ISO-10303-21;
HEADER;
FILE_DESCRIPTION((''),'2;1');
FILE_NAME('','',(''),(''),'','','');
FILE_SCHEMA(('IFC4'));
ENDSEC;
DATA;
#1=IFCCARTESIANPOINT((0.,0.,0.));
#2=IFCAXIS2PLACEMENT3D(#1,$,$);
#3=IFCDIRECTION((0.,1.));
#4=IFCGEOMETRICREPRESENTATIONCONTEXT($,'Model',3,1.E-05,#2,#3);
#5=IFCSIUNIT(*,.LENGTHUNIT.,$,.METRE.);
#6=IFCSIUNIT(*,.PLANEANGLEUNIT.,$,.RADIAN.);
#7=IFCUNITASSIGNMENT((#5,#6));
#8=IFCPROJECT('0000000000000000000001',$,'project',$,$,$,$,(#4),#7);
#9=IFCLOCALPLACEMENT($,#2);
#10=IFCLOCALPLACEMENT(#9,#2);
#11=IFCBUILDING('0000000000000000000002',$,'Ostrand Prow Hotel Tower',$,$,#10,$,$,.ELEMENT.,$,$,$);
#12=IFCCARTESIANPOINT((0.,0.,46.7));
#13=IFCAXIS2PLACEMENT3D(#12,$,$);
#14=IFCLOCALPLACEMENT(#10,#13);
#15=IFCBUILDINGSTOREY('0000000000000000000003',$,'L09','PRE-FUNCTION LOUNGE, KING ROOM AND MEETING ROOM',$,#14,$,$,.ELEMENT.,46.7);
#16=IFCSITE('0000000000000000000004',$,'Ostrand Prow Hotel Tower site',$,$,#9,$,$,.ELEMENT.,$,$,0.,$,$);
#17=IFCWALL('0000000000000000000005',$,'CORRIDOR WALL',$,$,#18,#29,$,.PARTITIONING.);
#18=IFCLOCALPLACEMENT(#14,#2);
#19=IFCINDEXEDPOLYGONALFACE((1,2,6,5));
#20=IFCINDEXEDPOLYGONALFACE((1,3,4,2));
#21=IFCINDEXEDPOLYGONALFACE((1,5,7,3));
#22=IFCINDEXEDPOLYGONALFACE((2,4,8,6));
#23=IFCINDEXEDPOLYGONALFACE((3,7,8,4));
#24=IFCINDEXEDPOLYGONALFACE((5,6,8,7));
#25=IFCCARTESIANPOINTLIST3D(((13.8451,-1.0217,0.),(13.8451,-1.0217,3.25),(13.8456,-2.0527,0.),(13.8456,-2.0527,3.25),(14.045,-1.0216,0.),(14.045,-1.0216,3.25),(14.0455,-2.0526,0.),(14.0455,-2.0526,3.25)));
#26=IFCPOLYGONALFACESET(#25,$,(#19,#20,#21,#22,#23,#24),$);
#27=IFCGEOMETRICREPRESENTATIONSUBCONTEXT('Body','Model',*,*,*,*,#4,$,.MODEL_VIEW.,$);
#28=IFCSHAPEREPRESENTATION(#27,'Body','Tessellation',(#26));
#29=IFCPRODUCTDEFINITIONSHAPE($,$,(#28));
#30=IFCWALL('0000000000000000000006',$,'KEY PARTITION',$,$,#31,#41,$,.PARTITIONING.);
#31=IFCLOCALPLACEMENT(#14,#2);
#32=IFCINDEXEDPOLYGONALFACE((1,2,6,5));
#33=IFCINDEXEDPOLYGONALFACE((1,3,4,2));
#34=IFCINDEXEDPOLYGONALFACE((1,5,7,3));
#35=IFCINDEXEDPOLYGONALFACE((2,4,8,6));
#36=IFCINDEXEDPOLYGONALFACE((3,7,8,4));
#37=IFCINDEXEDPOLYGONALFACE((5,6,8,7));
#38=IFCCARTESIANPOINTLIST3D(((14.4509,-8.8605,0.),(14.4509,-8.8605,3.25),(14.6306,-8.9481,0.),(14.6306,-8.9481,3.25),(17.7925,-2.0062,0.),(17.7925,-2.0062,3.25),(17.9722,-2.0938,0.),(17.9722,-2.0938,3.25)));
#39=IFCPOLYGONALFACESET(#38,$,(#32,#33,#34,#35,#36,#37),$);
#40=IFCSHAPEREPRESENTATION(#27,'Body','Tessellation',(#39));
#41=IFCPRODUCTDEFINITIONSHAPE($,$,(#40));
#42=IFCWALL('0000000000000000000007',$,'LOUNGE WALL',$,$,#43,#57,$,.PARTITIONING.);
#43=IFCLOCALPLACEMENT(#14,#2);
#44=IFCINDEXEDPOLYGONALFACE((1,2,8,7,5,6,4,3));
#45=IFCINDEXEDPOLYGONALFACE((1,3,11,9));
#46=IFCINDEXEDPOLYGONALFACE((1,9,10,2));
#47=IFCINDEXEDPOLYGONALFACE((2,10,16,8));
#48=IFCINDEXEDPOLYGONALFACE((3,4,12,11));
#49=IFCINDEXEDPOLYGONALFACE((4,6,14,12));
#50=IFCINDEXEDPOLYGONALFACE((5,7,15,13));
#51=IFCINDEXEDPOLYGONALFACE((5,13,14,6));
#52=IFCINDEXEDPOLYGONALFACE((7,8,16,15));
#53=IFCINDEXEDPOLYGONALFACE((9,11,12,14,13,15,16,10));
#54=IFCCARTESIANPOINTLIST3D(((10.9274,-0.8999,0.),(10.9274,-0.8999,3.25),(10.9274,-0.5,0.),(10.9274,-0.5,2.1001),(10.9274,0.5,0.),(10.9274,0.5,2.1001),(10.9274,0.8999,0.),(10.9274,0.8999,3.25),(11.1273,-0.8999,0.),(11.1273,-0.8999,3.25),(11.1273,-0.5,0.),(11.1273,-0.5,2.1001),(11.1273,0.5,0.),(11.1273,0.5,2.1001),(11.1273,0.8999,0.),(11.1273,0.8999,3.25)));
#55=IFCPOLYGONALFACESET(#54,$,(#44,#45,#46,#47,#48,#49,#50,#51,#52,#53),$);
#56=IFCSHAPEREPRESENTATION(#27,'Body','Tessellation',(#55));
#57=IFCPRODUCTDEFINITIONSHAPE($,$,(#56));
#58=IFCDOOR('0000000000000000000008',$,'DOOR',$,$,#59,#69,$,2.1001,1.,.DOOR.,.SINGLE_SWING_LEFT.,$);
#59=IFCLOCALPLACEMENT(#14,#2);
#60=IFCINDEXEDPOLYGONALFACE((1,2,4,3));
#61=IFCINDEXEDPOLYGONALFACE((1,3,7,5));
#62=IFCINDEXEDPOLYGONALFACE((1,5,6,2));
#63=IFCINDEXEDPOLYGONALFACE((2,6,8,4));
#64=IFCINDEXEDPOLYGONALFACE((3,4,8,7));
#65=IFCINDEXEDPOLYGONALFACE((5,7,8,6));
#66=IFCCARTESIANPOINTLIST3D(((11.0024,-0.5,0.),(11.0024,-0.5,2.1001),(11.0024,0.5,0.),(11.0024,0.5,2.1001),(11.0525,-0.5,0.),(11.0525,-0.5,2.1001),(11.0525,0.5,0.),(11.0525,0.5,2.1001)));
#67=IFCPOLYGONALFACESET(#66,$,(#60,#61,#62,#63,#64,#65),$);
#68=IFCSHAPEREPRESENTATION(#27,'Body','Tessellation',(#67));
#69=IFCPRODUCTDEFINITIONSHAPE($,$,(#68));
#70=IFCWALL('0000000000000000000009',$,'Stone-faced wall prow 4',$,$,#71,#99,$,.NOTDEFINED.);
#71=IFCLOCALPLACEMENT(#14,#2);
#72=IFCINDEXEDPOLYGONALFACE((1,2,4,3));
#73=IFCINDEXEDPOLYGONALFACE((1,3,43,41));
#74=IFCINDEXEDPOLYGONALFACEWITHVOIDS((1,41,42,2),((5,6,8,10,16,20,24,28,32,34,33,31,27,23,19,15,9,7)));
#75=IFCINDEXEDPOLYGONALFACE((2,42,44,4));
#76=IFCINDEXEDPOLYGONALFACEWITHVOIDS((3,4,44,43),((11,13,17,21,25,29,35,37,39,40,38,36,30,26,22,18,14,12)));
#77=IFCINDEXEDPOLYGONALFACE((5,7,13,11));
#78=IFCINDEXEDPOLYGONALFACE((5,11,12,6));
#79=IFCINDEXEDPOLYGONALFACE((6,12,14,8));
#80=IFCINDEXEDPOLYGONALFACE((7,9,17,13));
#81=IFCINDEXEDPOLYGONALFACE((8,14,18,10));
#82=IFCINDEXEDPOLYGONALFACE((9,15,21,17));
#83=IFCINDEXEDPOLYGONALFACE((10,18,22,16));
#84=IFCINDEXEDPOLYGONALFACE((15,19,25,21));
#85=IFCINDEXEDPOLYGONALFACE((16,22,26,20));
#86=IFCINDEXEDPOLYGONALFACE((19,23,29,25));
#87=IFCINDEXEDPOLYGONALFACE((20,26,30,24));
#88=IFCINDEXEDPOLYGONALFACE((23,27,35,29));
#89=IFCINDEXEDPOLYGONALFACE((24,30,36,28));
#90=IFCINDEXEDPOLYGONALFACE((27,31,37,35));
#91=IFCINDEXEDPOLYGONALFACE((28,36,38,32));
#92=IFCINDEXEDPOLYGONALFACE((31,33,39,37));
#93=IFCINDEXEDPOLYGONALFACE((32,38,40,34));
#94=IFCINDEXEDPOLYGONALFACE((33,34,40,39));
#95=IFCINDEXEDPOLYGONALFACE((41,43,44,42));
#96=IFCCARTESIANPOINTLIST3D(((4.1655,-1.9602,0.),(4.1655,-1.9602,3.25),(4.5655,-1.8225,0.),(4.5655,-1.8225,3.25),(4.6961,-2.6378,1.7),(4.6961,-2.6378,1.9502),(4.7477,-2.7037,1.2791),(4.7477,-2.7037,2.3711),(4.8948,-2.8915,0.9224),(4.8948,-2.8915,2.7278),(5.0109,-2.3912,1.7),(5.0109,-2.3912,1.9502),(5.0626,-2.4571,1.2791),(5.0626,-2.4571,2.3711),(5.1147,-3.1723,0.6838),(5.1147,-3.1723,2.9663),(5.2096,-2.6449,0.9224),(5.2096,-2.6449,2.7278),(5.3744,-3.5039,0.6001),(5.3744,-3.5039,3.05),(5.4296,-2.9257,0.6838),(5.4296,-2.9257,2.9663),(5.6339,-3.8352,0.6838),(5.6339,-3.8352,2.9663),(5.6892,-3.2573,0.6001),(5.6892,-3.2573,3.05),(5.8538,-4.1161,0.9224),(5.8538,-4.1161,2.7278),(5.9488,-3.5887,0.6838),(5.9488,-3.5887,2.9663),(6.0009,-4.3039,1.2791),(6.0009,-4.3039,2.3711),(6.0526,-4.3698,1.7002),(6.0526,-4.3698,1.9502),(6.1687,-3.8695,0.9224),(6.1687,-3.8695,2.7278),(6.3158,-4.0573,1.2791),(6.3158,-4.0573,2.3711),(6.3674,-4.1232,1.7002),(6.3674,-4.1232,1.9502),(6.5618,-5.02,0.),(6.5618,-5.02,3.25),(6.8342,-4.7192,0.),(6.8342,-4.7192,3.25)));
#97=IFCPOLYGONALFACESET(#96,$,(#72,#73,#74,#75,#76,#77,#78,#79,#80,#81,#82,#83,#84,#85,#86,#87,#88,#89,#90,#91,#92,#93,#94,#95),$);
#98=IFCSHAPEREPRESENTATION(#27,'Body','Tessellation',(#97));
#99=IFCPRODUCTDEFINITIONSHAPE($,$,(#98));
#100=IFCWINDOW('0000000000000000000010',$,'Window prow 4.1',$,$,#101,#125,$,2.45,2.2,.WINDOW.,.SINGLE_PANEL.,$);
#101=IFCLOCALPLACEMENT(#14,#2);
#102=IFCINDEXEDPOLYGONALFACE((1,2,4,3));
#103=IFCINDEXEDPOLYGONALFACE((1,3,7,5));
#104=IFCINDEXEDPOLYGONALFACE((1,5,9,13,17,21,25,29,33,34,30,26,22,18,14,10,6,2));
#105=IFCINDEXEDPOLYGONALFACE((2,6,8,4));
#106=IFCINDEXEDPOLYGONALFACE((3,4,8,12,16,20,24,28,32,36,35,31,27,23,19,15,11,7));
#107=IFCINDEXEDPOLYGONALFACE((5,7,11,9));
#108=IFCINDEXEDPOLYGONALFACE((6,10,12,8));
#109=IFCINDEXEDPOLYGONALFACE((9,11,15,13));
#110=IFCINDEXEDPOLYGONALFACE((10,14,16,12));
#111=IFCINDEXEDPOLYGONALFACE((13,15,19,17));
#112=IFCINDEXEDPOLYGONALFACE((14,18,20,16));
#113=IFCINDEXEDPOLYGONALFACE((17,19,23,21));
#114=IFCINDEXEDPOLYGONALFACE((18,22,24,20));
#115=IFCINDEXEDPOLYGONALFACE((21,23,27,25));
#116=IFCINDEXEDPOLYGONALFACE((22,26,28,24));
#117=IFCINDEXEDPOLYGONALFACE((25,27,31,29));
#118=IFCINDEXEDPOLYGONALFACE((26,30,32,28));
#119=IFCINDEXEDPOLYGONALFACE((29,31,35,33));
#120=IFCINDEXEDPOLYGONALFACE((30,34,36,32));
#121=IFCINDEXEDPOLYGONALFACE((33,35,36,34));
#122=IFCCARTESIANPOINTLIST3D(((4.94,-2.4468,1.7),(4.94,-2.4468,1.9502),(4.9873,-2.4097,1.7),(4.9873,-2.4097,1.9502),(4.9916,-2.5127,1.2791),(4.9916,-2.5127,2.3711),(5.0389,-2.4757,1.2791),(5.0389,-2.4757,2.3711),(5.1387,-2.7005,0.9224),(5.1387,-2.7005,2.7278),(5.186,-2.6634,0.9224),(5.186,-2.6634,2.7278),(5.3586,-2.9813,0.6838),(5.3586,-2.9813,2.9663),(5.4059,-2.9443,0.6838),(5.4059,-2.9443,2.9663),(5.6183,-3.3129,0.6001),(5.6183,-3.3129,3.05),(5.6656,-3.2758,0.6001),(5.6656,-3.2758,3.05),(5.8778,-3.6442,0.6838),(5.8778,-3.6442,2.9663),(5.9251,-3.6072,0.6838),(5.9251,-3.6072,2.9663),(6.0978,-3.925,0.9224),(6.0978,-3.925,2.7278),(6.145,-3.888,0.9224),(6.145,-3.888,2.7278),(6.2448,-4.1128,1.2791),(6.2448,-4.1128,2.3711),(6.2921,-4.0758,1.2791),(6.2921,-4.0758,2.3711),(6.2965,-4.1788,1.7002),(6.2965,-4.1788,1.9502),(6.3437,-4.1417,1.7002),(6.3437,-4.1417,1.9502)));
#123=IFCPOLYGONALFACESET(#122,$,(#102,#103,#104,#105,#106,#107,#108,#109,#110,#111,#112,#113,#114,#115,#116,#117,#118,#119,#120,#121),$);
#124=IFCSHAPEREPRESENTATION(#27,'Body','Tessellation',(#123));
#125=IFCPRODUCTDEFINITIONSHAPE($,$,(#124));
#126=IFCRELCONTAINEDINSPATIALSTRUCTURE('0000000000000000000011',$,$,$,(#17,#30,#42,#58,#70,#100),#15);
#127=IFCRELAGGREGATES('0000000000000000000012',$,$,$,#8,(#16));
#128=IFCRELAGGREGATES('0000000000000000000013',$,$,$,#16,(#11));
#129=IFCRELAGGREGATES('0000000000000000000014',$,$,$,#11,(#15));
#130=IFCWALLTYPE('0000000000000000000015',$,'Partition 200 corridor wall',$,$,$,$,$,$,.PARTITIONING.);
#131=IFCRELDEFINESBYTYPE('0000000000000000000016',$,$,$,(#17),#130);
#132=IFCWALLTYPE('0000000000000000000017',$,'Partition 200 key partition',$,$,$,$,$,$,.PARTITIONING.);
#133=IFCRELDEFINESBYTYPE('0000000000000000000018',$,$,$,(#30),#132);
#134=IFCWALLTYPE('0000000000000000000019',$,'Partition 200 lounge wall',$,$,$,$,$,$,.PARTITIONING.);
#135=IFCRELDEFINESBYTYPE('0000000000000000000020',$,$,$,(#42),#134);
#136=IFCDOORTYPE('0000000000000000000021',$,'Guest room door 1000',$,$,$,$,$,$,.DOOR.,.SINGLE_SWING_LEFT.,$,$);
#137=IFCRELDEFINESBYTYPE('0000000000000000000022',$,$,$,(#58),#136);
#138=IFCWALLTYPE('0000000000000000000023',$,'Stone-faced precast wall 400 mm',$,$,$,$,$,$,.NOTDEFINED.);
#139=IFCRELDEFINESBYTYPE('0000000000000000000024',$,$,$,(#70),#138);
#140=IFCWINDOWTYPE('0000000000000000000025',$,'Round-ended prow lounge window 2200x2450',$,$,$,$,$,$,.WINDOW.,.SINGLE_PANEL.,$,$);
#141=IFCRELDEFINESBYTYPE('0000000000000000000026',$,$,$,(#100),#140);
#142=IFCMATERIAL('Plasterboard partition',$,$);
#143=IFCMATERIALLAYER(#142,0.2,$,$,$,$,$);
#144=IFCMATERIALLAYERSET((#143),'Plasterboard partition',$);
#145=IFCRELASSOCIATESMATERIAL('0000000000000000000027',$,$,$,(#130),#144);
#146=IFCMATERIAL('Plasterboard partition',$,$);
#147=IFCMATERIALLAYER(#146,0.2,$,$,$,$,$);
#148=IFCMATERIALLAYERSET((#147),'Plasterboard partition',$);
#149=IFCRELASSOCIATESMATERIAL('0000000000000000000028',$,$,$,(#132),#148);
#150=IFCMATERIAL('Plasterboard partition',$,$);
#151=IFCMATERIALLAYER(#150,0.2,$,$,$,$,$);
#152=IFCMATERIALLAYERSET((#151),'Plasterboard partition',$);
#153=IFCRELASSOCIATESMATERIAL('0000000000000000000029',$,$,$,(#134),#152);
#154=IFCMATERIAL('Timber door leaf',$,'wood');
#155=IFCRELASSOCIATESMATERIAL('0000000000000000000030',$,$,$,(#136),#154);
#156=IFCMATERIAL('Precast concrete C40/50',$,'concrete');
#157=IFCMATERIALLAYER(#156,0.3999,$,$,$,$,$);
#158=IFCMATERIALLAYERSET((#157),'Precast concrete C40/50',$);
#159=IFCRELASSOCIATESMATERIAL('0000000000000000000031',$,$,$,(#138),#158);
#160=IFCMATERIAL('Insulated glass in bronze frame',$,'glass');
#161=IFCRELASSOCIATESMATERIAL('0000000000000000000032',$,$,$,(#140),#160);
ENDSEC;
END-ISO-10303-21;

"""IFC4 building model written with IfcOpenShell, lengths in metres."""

from ifc_helpers import new_model, si_unit, direction, frame, frame_2d, origin, place, context, subcontext, project, spatial, polyline, rectangle, outline, extrude, material, layer, layer_set, type_object, element, fill, save


model = new_model("IFC4")

# Units and contexts
model_context = context("Model", 3, precision=1e-05, world=origin(), true_north=direction((0.0, 1.0)))
body_context = subcontext(model_context, "Body", "Model", "MODEL_VIEW")
ifc_project = project(units=[si_unit("LENGTHUNIT", "METRE"), si_unit("PLANEANGLEUNIT", "RADIAN")], contexts=[model_context])

# Site, building, storey
site_placement = place(None, origin())
site = spatial("IfcSite", under=ifc_project, at=site_placement, Name="Ostrand Prow Hotel Tower site", CompositionType="ELEMENT", RefElevation=0.0)
building_placement = place(site_placement, origin())
building = spatial("IfcBuilding", under=site, at=building_placement, Name="Ostrand Prow Hotel Tower", CompositionType="ELEMENT")
storey_placement = place(building_placement, frame((0.0, 0.0, 46.7)))
storey = spatial("IfcBuildingStorey", under=building, at=storey_placement, Name="L09", Description="PRE-FUNCTION LOUNGE, KING ROOM AND MEETING ROOM", CompositionType="ELEMENT", Elevation=46.7)

# Shared definitions
ifc_material_1 = material(Name="Plasterboard partition")
ifc_layer_1 = layer(ifc_material_1, 0.2)
ifc_layer_set_1 = layer_set([ifc_layer_1], Name="Plasterboard partition")
wall_type_1 = type_object("IfcWallType", Name="Partition 200 corridor wall", PredefinedType="PARTITIONING", material=ifc_layer_set_1)

# Walls
wall_1_placement = place(storey_placement, frame((13.9451, -1.0215, 0.0), z_axis=(0.0, 0.0, 1.0), x_axis=(0.000474, -1.0, 0.0)))
element("IfcWall", 1, at=wall_1_placement, inside=storey, type_object=wall_type_1, Name="CORRIDOR WALL", PredefinedType="PARTITIONING", context=body_context, shape_type="SweptSolid", body=[
    extrude(rectangle(XDim=1.031, YDim=0.2, at=frame_2d((0.5156, 0.0))), origin(), (0.0, 0.0, 1.0), 3.25),
])
ifc_material_2 = material(Name="Plasterboard partition")
ifc_layer_2 = layer(ifc_material_2, 0.2)
ifc_layer_set_2 = layer_set([ifc_layer_2], Name="Plasterboard partition")
wall_type_2 = type_object("IfcWallType", Name="Partition 200 key partition", PredefinedType="PARTITIONING", material=ifc_layer_set_2)
wall_2_placement = place(storey_placement, frame((14.5408, -8.9043, 0.0), z_axis=(0.0, 0.0, 1.0), x_axis=(0.438214, 0.898871, 0.0)))
element("IfcWall", 2, at=wall_2_placement, inside=storey, type_object=wall_type_2, Name="KEY PARTITION", PredefinedType="PARTITIONING", context=body_context, shape_type="SweptSolid", body=[
    extrude(rectangle(XDim=7.6255, YDim=0.2, at=frame_2d((3.8127, 0.0))), origin(), (0.0, 0.0, 1.0), 3.25),
])

# Wall, opening, door
ifc_material_3 = material(Name="Plasterboard partition")
ifc_layer_3 = layer(ifc_material_3, 0.2)
ifc_layer_set_3 = layer_set([ifc_layer_3], Name="Plasterboard partition")
wall_type_3 = type_object("IfcWallType", Name="Partition 200 lounge wall", PredefinedType="PARTITIONING", material=ifc_layer_set_3)
wall_3_placement = place(storey_placement, frame((11.0273, -0.8999, 0.0), z_axis=(0.0, 0.0, 1.0), x_axis=(0.0, 1.0, 0.0)))
wall_3 = element("IfcWall", 3, at=wall_3_placement, inside=storey, type_object=wall_type_3, Name="LOUNGE WALL", PredefinedType="PARTITIONING", context=body_context, shape_type="SweptSolid", body=[
    extrude(rectangle(XDim=1.7998, YDim=0.2, at=frame_2d((0.8999, 0.0))), origin(), (0.0, 0.0, 1.0), 3.25),
])
opening_1_placement = place(wall_3_placement, frame((0.3999, 0.0, 0.0)))
opening_1 = element("IfcOpeningElement", 4, at=opening_1_placement, cuts=wall_3, PredefinedType="OPENING", context=body_context, shape_type="SweptSolid", body=[
    extrude(rectangle(XDim=1.0, YDim=2.1001, at=frame_2d((0.5, 1.05))), frame((0.0, 0.1099, 0.0), z_axis=(0.0, -1.0, 0.0), x_axis=(1.0, 0.0, 0.0)), (0.0, 0.0, 1.0), 0.22),
])
ifc_material_4 = material(Name="Timber door leaf", Category="wood")
door_type_1 = type_object("IfcDoorType", Name="Guest room door 1000", OperationType="SINGLE_SWING_LEFT", PredefinedType="DOOR", material=ifc_material_4)
door_1_placement = place(opening_1_placement, origin())
door_1 = element("IfcDoor", 5, at=door_1_placement, inside=storey, type_object=door_type_1, Name="DOOR", OperationType="SINGLE_SWING_LEFT", OverallHeight=2.1001, OverallWidth=1.0, PredefinedType="DOOR", context=body_context, shape_type="SweptSolid", body=[
    extrude(rectangle(XDim=1.0, YDim=2.1001, at=frame_2d((0.5, 1.05))), frame((0.0, 0.0249, 0.0), z_axis=(0.0, -1.0, 0.0), x_axis=(1.0, 0.0, 0.0)), (0.0, 0.0, 1.0), 0.05),
])
fill(opening_1, door_1)

# Wall, opening, window
ifc_material_5 = material(Name="Precast concrete C40/50", Category="concrete")
ifc_layer_4 = layer(ifc_material_5, 0.3999)
ifc_layer_set_4 = layer_set([ifc_layer_4], Name="Precast concrete C40/50")
wall_type_4 = type_object("IfcWallType", Name="Stone-faced precast wall 400 mm", PredefinedType="NOTDEFINED", material=ifc_layer_set_4)
wall_4_placement = place(storey_placement, frame((4.3655, -1.8914, 0.0), z_axis=(0.0, 0.0, 1.0), x_axis=(0.616587, -0.787287, 0.0)))
wall_4 = element("IfcWall", 6, at=wall_4_placement, inside=storey, type_object=wall_type_4, Name="Stone-faced wall prow 4", PredefinedType="NOTDEFINED", context=body_context, shape_type="SweptSolid", body=[
    extrude(outline(polyline([(-0.0691, -0.2), (3.8174, -0.2), (3.7485, 0.2), (0.0691, 0.2), (-0.0691, -0.2)])), origin(), (0.0, 0.0, 1.0), 3.25),
])
opening_2_placement = place(wall_4_placement, frame((0.7915, 0.0, 0.6001)))
opening_2 = element("IfcOpeningElement", 7, at=opening_2_placement, cuts=wall_4, PredefinedType="OPENING", context=body_context, shape_type="SweptSolid", body=[
    extrude(outline(polyline([(0.0, 1.3501), (0.0837, 1.771), (0.3223, 2.1277), (0.679, 2.3662), (1.1001, 2.45), (1.521, 2.3662), (1.8777, 2.1277), (2.1162, 1.771), (2.2, 1.3501), (2.2, 1.1001), (2.1162, 0.679), (1.8777, 0.3223), (1.521, 0.0837), (1.1001, 0.0), (0.679, 0.0837), (0.3223, 0.3223), (0.0837, 0.679), (0.0, 1.0999), (0.0, 1.3501)])), frame((0.0, 0.21, 0.0), z_axis=(0.0, -1.0, 0.0), x_axis=(1.0, 0.0, 0.0)), (0.0, 0.0, 1.0), 0.4199),
])
ifc_material_6 = material(Name="Insulated glass in bronze frame", Category="glass")
window_type = type_object("IfcWindowType", Name="Round-ended prow lounge window 2200x2450", PartitioningType="SINGLE_PANEL", PredefinedType="WINDOW", material=ifc_material_6)
window_1_placement = place(opening_2_placement, origin())
window_1 = element("IfcWindow", 8, at=window_1_placement, inside=storey, type_object=window_type, Name="Window prow 4.1", OverallHeight=2.45, OverallWidth=2.2, PartitioningType="SINGLE_PANEL", PredefinedType="WINDOW", context=body_context, shape_type="SweptSolid", body=[
    extrude(outline(polyline([(0.0, 1.3501), (0.0837, 1.771), (0.3223, 2.1277), (0.679, 2.3662), (1.1001, 2.45), (1.521, 2.3662), (1.8777, 2.1277), (2.1162, 1.771), (2.2, 1.3501), (2.2, 1.1001), (2.1162, 0.679), (1.8777, 0.3223), (1.521, 0.0837), (1.1001, 0.0), (0.679, 0.0837), (0.3223, 0.3223), (0.0837, 0.679), (0.0, 1.0999), (0.0, 1.3501)])), frame((0.0, 0.1699, 0.0), z_axis=(0.0, -1.0, 0.0), x_axis=(1.0, 0.0, 0.0)), (0.0, 0.0, 1.0), 0.0601),
])
fill(opening_2, window_1)

save(model, "model.ifc")
